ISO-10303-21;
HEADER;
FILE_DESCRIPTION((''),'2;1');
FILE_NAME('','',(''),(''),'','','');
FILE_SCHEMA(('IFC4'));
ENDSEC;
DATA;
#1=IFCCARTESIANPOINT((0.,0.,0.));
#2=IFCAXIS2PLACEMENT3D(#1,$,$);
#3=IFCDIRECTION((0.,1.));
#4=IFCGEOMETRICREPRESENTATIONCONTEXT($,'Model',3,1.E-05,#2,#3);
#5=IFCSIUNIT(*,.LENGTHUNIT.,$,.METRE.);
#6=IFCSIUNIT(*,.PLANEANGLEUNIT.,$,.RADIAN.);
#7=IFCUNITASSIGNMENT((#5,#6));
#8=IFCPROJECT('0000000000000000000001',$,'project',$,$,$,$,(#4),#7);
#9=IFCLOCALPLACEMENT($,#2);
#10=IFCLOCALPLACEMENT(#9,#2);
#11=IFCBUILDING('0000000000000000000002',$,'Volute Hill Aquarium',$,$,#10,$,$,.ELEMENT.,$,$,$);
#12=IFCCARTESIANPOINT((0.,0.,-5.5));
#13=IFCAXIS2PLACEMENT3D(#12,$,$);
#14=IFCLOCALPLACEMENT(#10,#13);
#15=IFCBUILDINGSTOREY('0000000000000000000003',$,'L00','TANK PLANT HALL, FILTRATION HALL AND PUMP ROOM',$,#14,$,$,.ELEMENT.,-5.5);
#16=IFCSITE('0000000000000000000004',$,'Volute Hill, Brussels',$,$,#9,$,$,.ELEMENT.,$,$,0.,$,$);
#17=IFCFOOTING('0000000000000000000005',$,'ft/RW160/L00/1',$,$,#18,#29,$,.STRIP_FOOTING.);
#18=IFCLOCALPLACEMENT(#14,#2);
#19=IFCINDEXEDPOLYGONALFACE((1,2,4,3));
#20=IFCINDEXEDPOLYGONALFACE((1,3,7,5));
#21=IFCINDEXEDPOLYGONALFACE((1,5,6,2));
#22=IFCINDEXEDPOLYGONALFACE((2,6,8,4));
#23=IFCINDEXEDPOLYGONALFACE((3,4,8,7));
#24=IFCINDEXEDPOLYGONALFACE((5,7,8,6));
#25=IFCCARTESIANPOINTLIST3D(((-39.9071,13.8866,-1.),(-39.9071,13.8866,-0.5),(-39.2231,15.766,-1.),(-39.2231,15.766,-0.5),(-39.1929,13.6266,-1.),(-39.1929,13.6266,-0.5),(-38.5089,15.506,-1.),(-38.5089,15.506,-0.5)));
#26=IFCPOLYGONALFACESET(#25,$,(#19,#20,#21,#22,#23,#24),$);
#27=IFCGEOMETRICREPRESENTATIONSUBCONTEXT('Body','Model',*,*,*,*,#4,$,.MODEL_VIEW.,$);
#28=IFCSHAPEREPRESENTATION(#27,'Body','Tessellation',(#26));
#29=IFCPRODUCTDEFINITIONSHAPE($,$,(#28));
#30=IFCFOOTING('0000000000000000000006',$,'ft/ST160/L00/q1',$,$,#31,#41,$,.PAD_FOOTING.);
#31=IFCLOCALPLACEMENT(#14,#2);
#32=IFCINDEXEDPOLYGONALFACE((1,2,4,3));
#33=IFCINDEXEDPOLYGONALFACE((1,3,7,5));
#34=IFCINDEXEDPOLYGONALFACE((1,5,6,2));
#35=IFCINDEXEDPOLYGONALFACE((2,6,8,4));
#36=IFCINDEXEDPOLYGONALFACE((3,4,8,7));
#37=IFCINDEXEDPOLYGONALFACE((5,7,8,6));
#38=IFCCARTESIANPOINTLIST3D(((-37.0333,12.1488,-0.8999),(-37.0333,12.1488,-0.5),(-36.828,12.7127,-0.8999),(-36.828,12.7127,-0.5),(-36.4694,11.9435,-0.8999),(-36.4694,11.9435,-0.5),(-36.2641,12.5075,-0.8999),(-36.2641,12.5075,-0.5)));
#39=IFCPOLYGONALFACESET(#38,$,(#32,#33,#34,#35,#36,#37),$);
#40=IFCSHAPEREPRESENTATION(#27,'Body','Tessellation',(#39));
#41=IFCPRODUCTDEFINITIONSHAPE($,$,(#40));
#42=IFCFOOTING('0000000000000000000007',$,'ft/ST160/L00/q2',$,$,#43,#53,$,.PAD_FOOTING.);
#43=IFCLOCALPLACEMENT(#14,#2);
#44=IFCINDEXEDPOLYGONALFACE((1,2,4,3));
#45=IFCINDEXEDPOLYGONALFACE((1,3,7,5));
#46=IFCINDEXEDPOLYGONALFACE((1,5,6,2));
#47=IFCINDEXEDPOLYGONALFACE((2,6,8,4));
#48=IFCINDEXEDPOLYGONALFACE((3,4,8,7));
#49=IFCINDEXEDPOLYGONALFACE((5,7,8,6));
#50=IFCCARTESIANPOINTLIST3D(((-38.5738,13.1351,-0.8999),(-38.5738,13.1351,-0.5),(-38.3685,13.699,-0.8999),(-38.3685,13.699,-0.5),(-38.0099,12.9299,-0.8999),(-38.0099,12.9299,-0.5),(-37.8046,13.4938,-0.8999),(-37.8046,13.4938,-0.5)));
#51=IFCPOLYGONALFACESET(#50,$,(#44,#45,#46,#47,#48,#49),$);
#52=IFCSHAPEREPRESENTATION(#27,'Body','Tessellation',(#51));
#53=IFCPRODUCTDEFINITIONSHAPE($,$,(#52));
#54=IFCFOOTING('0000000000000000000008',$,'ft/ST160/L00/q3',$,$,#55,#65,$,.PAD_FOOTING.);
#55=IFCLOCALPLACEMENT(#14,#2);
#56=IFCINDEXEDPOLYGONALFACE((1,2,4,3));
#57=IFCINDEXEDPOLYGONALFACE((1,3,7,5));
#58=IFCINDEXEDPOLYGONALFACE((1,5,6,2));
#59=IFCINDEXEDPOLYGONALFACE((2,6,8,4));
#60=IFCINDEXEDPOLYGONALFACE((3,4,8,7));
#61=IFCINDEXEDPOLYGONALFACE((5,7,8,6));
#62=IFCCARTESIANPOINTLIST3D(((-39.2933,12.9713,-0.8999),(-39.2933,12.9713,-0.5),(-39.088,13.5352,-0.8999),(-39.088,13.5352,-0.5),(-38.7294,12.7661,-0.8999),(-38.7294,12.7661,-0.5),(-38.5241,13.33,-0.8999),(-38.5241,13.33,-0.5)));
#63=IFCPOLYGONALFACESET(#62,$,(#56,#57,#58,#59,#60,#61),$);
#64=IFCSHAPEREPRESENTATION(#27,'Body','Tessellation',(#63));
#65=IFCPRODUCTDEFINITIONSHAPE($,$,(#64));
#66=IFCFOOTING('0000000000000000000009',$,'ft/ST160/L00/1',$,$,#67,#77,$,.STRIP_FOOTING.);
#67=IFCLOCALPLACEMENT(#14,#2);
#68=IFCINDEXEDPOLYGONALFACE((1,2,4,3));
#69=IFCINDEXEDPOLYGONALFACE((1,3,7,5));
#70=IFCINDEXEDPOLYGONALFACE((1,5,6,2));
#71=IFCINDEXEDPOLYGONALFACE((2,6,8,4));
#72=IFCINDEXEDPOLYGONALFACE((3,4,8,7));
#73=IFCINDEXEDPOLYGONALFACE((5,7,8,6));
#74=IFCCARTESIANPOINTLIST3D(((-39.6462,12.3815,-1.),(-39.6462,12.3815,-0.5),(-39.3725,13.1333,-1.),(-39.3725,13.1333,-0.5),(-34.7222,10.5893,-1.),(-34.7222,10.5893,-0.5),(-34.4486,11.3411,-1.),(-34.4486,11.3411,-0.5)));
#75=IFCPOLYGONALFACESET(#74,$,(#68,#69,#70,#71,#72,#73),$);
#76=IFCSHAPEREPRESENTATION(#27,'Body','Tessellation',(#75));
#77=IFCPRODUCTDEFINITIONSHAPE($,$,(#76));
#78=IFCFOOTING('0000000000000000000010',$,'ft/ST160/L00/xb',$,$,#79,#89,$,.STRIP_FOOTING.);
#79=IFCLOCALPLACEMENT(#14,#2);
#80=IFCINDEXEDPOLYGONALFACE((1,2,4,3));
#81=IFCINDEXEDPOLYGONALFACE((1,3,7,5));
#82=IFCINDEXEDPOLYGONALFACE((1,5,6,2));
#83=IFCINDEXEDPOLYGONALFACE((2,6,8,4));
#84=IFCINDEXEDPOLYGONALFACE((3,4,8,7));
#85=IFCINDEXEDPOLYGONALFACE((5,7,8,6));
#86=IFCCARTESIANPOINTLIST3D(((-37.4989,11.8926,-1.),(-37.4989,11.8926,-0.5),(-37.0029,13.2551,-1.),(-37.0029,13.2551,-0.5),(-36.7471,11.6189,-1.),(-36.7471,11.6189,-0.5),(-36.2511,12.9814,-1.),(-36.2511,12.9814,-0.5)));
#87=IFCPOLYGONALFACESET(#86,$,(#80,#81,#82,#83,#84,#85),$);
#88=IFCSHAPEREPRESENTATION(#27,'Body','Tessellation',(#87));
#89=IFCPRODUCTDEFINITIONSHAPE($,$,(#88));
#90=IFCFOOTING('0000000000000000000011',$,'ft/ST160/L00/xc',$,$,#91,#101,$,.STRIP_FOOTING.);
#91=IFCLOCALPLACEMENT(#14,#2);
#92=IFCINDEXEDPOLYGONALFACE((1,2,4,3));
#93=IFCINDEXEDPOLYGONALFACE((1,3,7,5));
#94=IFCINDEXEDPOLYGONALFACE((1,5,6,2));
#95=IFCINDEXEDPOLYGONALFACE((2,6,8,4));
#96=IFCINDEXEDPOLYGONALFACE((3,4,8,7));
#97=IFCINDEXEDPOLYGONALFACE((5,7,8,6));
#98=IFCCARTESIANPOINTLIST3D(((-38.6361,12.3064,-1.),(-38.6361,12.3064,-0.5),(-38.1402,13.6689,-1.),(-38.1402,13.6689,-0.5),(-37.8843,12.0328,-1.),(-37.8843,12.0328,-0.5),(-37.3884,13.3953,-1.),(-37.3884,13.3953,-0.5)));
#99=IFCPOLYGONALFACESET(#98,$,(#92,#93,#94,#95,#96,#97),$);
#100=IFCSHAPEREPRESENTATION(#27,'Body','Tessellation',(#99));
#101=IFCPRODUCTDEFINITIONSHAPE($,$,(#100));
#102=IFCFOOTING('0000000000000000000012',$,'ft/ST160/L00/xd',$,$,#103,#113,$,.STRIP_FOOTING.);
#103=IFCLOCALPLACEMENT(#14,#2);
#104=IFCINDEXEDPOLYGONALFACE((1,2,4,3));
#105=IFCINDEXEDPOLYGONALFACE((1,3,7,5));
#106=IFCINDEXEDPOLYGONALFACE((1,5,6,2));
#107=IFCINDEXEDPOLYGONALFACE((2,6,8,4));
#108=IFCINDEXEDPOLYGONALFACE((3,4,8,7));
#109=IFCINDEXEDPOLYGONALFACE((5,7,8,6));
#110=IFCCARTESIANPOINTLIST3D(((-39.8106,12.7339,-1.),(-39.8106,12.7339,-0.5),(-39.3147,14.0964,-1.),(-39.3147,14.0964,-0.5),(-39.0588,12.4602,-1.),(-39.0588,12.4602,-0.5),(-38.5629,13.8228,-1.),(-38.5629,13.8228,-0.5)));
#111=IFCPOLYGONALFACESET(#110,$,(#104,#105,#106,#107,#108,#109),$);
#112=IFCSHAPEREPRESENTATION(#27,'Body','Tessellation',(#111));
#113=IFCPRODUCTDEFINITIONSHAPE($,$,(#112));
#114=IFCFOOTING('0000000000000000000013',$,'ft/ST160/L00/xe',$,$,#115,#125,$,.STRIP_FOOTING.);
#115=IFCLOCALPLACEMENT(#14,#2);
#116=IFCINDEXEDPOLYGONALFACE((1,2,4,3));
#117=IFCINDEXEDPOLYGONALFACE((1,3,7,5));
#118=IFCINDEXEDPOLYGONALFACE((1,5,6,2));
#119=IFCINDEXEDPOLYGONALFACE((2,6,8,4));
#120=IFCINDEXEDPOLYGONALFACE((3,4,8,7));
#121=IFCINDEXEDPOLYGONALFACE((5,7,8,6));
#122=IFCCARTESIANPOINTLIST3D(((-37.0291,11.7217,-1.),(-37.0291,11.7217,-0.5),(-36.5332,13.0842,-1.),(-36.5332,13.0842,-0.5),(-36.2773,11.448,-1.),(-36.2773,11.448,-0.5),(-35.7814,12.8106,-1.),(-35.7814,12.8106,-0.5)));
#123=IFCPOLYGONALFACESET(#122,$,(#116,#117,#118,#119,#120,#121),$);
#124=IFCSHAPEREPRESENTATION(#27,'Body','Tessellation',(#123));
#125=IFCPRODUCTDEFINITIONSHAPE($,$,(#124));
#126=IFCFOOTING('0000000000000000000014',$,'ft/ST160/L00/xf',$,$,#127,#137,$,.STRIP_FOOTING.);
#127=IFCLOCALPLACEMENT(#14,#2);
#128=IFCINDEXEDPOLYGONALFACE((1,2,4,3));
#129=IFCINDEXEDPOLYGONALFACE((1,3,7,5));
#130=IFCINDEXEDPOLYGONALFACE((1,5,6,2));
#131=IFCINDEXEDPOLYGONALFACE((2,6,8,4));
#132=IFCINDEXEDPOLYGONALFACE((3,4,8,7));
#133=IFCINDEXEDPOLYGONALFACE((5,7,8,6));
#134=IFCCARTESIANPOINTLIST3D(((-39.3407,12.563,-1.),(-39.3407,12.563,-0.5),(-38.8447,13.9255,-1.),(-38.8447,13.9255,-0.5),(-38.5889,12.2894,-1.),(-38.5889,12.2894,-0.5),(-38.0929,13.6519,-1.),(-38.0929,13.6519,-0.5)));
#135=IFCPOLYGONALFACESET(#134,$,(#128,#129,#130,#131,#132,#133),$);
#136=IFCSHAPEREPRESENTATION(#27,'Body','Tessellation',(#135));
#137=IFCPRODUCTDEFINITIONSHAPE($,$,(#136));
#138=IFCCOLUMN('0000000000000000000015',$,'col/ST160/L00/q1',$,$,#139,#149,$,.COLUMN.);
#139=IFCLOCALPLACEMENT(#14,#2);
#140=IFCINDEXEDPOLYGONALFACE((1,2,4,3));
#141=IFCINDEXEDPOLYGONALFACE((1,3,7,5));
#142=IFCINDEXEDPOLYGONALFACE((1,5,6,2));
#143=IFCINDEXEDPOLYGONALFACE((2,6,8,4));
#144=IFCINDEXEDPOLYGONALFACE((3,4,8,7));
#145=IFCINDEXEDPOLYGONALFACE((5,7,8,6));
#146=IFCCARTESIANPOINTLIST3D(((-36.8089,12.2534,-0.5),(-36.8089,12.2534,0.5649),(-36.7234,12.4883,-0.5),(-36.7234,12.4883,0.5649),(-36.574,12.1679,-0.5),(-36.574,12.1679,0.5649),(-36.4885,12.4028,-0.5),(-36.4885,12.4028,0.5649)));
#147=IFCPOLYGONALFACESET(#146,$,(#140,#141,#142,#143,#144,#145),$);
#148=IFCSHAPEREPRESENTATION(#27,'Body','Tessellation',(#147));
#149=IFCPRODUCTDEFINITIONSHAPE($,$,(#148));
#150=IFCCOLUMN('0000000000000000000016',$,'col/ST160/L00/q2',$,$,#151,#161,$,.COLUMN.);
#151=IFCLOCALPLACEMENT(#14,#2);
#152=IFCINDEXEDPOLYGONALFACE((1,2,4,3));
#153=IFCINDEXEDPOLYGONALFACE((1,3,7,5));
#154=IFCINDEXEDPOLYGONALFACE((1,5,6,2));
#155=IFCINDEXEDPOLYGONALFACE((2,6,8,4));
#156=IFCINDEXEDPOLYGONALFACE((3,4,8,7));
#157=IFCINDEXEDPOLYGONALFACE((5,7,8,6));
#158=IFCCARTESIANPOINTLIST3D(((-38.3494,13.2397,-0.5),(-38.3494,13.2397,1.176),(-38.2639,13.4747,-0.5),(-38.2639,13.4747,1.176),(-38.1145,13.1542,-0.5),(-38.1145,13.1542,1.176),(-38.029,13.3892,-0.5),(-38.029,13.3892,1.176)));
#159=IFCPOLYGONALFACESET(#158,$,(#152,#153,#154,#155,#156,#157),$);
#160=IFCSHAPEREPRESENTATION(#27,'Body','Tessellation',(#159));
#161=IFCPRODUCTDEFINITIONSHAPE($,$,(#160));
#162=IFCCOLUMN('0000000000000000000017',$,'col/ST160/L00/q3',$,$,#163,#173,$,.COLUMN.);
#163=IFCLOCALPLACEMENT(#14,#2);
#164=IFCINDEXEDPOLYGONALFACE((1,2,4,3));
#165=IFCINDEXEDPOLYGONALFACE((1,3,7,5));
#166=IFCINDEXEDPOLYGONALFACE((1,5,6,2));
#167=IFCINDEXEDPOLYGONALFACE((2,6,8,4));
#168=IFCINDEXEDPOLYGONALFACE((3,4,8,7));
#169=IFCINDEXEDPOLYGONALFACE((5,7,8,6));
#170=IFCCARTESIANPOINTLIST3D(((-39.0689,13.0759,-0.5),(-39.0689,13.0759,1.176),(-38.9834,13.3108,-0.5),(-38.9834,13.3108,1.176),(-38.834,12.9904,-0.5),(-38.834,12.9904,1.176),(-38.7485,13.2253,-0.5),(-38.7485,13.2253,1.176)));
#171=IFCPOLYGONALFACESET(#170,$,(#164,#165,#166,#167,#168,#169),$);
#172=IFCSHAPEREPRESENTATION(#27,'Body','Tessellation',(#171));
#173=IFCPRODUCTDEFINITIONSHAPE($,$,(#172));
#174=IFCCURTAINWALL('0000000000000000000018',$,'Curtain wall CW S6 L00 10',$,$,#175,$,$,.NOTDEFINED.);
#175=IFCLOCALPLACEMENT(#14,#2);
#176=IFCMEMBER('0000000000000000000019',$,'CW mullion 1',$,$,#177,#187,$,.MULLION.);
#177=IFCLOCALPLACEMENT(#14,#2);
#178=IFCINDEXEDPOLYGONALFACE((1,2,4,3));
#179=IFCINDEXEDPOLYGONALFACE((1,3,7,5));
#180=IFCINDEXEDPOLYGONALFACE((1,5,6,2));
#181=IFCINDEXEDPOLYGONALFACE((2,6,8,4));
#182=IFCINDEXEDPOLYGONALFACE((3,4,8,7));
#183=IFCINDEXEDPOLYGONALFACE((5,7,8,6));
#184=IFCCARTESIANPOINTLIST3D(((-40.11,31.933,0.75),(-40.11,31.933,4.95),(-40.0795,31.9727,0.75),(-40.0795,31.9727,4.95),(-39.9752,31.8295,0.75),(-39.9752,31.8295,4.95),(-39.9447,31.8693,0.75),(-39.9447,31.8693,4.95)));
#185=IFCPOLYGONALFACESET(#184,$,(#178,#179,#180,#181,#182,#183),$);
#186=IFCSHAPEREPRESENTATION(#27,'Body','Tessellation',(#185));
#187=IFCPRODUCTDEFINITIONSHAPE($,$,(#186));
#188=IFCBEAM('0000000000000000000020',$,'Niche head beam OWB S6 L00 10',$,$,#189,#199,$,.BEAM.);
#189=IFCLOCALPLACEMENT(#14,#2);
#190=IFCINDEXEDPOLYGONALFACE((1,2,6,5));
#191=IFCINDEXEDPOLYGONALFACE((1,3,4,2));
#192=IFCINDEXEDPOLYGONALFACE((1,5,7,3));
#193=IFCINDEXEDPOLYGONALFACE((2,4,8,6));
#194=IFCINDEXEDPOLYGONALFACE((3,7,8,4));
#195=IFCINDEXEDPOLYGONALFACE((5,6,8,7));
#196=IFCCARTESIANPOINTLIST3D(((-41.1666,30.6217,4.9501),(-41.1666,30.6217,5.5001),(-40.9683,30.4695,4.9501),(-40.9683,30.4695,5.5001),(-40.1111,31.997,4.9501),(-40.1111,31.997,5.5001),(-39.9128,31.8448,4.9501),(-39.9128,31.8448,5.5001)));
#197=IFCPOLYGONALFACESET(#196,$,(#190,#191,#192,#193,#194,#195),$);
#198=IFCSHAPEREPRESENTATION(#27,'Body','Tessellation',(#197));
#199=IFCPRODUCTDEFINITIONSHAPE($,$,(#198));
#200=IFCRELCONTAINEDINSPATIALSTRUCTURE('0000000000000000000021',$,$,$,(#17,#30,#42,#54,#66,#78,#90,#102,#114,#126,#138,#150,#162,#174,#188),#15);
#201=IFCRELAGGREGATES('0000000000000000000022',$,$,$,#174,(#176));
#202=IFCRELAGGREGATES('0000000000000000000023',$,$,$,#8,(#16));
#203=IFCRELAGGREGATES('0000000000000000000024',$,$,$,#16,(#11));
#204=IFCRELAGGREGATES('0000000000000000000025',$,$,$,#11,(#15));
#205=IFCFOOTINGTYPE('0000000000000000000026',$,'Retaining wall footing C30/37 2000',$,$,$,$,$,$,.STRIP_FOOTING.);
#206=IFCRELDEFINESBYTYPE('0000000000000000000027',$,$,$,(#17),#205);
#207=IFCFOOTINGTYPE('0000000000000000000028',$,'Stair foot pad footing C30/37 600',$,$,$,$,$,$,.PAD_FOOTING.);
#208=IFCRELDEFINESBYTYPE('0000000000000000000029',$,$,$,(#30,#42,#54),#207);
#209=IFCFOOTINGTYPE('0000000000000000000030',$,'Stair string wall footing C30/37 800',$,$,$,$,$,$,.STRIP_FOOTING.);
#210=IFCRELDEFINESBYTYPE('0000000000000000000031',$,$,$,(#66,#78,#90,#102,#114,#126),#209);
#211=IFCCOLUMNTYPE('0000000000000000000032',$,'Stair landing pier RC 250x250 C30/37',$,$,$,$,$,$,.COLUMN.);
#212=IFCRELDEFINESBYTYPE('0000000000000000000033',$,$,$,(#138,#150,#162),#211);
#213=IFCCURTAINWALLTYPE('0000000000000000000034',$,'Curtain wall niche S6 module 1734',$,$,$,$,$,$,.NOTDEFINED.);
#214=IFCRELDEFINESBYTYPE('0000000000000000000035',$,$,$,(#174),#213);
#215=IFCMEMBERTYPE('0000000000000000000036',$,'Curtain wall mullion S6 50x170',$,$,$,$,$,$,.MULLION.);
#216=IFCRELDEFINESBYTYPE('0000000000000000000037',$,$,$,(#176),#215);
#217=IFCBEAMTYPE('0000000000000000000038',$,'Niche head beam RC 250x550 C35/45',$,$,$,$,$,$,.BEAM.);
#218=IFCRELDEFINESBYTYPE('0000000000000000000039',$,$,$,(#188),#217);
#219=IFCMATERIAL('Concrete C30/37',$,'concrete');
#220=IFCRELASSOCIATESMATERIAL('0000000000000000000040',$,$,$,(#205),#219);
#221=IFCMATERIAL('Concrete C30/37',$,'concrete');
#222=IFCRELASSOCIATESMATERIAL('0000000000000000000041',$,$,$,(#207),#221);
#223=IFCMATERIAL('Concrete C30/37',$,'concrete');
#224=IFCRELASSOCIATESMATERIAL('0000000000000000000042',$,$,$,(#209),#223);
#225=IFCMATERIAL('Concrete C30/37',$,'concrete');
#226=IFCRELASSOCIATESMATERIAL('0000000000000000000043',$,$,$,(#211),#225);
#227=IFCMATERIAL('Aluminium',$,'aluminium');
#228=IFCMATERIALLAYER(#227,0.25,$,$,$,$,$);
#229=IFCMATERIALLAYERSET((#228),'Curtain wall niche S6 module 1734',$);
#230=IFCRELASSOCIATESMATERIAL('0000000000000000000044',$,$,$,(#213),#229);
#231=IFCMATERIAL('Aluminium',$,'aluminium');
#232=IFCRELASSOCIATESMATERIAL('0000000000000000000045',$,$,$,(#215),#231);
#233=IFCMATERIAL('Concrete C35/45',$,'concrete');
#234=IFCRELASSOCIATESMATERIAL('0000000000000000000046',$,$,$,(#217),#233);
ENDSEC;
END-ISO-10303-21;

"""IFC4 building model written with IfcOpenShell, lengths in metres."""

from ifc_helpers import new_model, si_unit, direction, frame, origin, origin_2d, place, context, subcontext, project, spatial, rectangle, extrude, material, layer, layer_set, material_profile, profile_set, type_object, element, aggregate, save


model = new_model("IFC4")

# Units and contexts
model_context = context("Model", 3, precision=1e-05, world=origin(), true_north=direction((0.0, 1.0)))
body_context = subcontext(model_context, "Body", "Model", "MODEL_VIEW")
ifc_project = project(units=[si_unit("LENGTHUNIT", "METRE"), si_unit("PLANEANGLEUNIT", "RADIAN")], contexts=[model_context])

# Site, building, storey
site_placement = place(None, origin())
site = spatial("IfcSite", under=ifc_project, at=site_placement, Name="Volute Hill, Brussels", CompositionType="ELEMENT", RefElevation=0.0)
building_placement = place(site_placement, origin())
building = spatial("IfcBuilding", under=site, at=building_placement, Name="Volute Hill Aquarium", CompositionType="ELEMENT")
storey_placement = place(building_placement, frame((0.0, 0.0, -5.5)))
storey = spatial("IfcBuildingStorey", under=building, at=storey_placement, Name="L00", Description="TANK PLANT HALL, FILTRATION HALL AND PUMP ROOM", CompositionType="ELEMENT", Elevation=-5.5)

# Footings
ifc_material_1 = material(Name="Concrete C30/37", Category="concrete")
footing_type_1 = type_object("IfcFootingType", Name="Retaining wall footing C30/37 2000", PredefinedType="STRIP_FOOTING", material=ifc_material_1)
footing_1_placement = place(storey_placement, frame((-39.208, 14.6963, -1.0), z_axis=(0.0, 0.0, 1.0), x_axis=(-0.939693, 0.34202, 0.0)))
element("IfcFooting", 1, at=footing_1_placement, inside=storey, type_object=footing_type_1, Name="ft/RW160/L00/1", PredefinedType="STRIP_FOOTING", context=body_context, shape_type="SweptSolid", body=[
    extrude(rectangle(XDim=0.76, YDim=2.0, at=origin_2d()), origin(), (0.0, 0.0, 1.0), 0.5),
])
ifc_material_2 = material(Name="Concrete C30/37", Category="concrete")
footing_type_2 = type_object("IfcFootingType", Name="Stair foot pad footing C30/37 600", PredefinedType="PAD_FOOTING", material=ifc_material_2)
for number, where, z_axis, x_axis, name in (
    (2, (-36.6487, 12.3281, -0.8999), (0.0, 0.0, 1.0), (-0.939693, 0.34202, 0.0), "ft/ST160/L00/q1"),
    (3, (-38.1892, 13.3145, -0.8999), (0.0, 0.0, 1.0), (-0.939693, 0.34202, 0.0), "ft/ST160/L00/q2"),
    (4, (-38.9087, 13.1506, -0.8999), (0.0, 0.0, 1.0), (-0.939693, 0.34202, 0.0), "ft/ST160/L00/q3"),
):
    element("IfcFooting", number, at=place(storey_placement, frame(where, z_axis=z_axis, x_axis=x_axis)), inside=storey, type_object=footing_type_2, Name=name, PredefinedType="PAD_FOOTING", context=body_context, shape_type="SweptSolid", body=[
        extrude(rectangle(XDim=0.6001, YDim=0.6001, at=origin_2d()), origin(), (0.0, 0.0, 1.0), 0.3999),
    ])
ifc_material_3 = material(Name="Concrete C30/37", Category="concrete")
footing_type_3 = type_object("IfcFootingType", Name="Stair string wall footing C30/37 800", PredefinedType="STRIP_FOOTING", material=ifc_material_3)
footing_2_placement = place(storey_placement, frame((-37.0474, 11.8613, -1.0), z_axis=(0.0, 0.0, 1.0), x_axis=(-0.939693, 0.34202, 0.0)))
element("IfcFooting", 5, at=footing_2_placement, inside=storey, type_object=footing_type_3, Name="ft/ST160/L00/1", PredefinedType="STRIP_FOOTING", context=body_context, shape_type="SweptSolid", body=[
    extrude(rectangle(XDim=5.24, YDim=0.8, at=origin_2d()), origin(), (0.0, 0.0, 1.0), 0.5),
])
for number, where, z_axis, x_axis, name in (
    (6, (-36.875, 12.437, -1.0), (0.0, 0.0, 1.0), (-0.34202, -0.939693, 0.0), "ft/ST160/L00/xb"),
    (7, (-38.0122, 12.8508, -1.0), (0.0, 0.0, 1.0), (-0.34202, -0.939693, 0.0), "ft/ST160/L00/xc"),
    (8, (-39.1868, 13.2783, -1.0), (0.0, 0.0, 1.0), (-0.34202, -0.939693, 0.0), "ft/ST160/L00/xd"),
    (9, (-36.4053, 12.2661, -1.0), (0.0, 0.0, 1.0), (-0.34202, -0.939693, 0.0), "ft/ST160/L00/xe"),
    (10, (-38.7168, 13.1074, -1.0), (0.0, 0.0, 1.0), (-0.34202, -0.939693, 0.0), "ft/ST160/L00/xf"),
):
    element("IfcFooting", number, at=place(storey_placement, frame(where, z_axis=z_axis, x_axis=x_axis)), inside=storey, type_object=footing_type_3, Name=name, PredefinedType="STRIP_FOOTING", context=body_context, shape_type="SweptSolid", body=[
        extrude(rectangle(XDim=1.45, YDim=0.8, at=origin_2d()), origin(), (0.0, 0.0, 1.0), 0.5),
    ])

# Columns
ifc_material_4 = material(Name="Concrete C30/37", Category="concrete")
ifc_material_profile_1 = material_profile(ifc_material_4, rectangle(XDim=0.25, YDim=0.25, at=origin_2d()), Name="RC pier 250x250")
ifc_profile_set_1 = profile_set([ifc_material_profile_1], Name="Concrete C30/37")
column_type = type_object("IfcColumnType", Name="Stair landing pier RC 250x250 C30/37", PredefinedType="COLUMN", material=ifc_profile_set_1)
column_placement = place(storey_placement, frame((-36.6487, 12.3281, -0.5), z_axis=(0.0, 0.0, 1.0), x_axis=(-0.939693, 0.34202, 0.0)))
element("IfcColumn", 11, at=column_placement, inside=storey, type_object=column_type, Name="col/ST160/L00/q1", PredefinedType="COLUMN", context=body_context, shape_type="SweptSolid", body=[
    extrude(rectangle(XDim=0.25, YDim=0.25, at=origin_2d()), origin(), (0.0, 0.0, 1.0), 1.0649),
])
for number, where, z_axis, x_axis, name in (
    (12, (-38.1892, 13.3145, -0.5), (0.0, 0.0, 1.0), (-0.939693, 0.34202, 0.0), "col/ST160/L00/q2"),
    (13, (-38.9087, 13.1506, -0.5), (0.0, 0.0, 1.0), (-0.939693, 0.34202, 0.0), "col/ST160/L00/q3"),
):
    element("IfcColumn", number, at=place(storey_placement, frame(where, z_axis=z_axis, x_axis=x_axis)), inside=storey, type_object=column_type, Name=name, PredefinedType="COLUMN", context=body_context, shape_type="SweptSolid", body=[
        extrude(rectangle(XDim=0.25, YDim=0.25, at=origin_2d()), origin(), (0.0, 0.0, 1.0), 1.676),
    ])

# Curtain wall, member
ifc_material_5 = material(Name="Aluminium", Category="aluminium")
ifc_layer_1 = layer(ifc_material_5, 0.25)
ifc_layer_set_1 = layer_set([ifc_layer_1], Name="Curtain wall niche S6 module 1734")
curtain_wall_type = type_object("IfcCurtainWallType", Name="Curtain wall niche S6 module 1734", PredefinedType="NOTDEFINED", material=ifc_layer_set_1)
curtain_wall_placement = place(storey_placement, origin())
curtain_wall = element("IfcCurtainWall", 14, at=curtain_wall_placement, inside=storey, type_object=curtain_wall_type, Name="Curtain wall CW S6 L00 10", PredefinedType="NOTDEFINED")
ifc_material_6 = material(Name="Aluminium", Category="aluminium")
ifc_material_profile_2 = material_profile(ifc_material_6, rectangle(XDim=0.1699, YDim=0.05, at=origin_2d()), Name="Curtain wall mullion S6 50x170")
ifc_profile_set_2 = profile_set([ifc_material_profile_2], Name="Aluminium")
member_type = type_object("IfcMemberType", Name="Curtain wall mullion S6 50x170", PredefinedType="MULLION", material=ifc_profile_set_2)
member_placement = place(storey_placement, frame((-40.0273, 31.9011, 0.75), z_axis=(0.0, 0.0, 1.0), x_axis=(0.793349, -0.608767, 0.0)))
member = element("IfcMember", 15, at=member_placement, type_object=member_type, Name="CW mullion 1", PredefinedType="MULLION", context=body_context, shape_type="SweptSolid", body=[
    extrude(rectangle(XDim=0.1699, YDim=0.05, at=origin_2d()), origin(), (0.0, 0.0, 1.0), 4.2),
])
aggregate(curtain_wall, [member])

# Beam
ifc_material_7 = material(Name="Concrete C35/45", Category="concrete")
ifc_material_profile_3 = material_profile(ifc_material_7, rectangle(XDim=0.25, YDim=0.55, at=origin_2d()), Name="RC beam 250x550")
ifc_profile_set_3 = profile_set([ifc_material_profile_3], Name="Concrete C35/45")
beam_type_1 = type_object("IfcBeamType", Name="Niche head beam RC 250x550 C35/45", PredefinedType="BEAM", material=ifc_profile_set_3)
beam_1_placement = place(storey_placement, frame((-40.012, 31.9209, 5.2251), z_axis=(-0.608819, -0.793309, 0.0), x_axis=(0.793309, -0.608819, 0.0)))
element("IfcBeam", 16, at=beam_1_placement, inside=storey, type_object=beam_type_1, Name="Niche head beam OWB S6 L00 10", PredefinedType="BEAM", context=body_context, shape_type="SweptSolid", body=[
    extrude(rectangle(XDim=0.25, YDim=0.55, at=origin_2d()), origin(), (0.0, 0.0, 1.0), 1.7336),
])

save(model, "model.ifc")
